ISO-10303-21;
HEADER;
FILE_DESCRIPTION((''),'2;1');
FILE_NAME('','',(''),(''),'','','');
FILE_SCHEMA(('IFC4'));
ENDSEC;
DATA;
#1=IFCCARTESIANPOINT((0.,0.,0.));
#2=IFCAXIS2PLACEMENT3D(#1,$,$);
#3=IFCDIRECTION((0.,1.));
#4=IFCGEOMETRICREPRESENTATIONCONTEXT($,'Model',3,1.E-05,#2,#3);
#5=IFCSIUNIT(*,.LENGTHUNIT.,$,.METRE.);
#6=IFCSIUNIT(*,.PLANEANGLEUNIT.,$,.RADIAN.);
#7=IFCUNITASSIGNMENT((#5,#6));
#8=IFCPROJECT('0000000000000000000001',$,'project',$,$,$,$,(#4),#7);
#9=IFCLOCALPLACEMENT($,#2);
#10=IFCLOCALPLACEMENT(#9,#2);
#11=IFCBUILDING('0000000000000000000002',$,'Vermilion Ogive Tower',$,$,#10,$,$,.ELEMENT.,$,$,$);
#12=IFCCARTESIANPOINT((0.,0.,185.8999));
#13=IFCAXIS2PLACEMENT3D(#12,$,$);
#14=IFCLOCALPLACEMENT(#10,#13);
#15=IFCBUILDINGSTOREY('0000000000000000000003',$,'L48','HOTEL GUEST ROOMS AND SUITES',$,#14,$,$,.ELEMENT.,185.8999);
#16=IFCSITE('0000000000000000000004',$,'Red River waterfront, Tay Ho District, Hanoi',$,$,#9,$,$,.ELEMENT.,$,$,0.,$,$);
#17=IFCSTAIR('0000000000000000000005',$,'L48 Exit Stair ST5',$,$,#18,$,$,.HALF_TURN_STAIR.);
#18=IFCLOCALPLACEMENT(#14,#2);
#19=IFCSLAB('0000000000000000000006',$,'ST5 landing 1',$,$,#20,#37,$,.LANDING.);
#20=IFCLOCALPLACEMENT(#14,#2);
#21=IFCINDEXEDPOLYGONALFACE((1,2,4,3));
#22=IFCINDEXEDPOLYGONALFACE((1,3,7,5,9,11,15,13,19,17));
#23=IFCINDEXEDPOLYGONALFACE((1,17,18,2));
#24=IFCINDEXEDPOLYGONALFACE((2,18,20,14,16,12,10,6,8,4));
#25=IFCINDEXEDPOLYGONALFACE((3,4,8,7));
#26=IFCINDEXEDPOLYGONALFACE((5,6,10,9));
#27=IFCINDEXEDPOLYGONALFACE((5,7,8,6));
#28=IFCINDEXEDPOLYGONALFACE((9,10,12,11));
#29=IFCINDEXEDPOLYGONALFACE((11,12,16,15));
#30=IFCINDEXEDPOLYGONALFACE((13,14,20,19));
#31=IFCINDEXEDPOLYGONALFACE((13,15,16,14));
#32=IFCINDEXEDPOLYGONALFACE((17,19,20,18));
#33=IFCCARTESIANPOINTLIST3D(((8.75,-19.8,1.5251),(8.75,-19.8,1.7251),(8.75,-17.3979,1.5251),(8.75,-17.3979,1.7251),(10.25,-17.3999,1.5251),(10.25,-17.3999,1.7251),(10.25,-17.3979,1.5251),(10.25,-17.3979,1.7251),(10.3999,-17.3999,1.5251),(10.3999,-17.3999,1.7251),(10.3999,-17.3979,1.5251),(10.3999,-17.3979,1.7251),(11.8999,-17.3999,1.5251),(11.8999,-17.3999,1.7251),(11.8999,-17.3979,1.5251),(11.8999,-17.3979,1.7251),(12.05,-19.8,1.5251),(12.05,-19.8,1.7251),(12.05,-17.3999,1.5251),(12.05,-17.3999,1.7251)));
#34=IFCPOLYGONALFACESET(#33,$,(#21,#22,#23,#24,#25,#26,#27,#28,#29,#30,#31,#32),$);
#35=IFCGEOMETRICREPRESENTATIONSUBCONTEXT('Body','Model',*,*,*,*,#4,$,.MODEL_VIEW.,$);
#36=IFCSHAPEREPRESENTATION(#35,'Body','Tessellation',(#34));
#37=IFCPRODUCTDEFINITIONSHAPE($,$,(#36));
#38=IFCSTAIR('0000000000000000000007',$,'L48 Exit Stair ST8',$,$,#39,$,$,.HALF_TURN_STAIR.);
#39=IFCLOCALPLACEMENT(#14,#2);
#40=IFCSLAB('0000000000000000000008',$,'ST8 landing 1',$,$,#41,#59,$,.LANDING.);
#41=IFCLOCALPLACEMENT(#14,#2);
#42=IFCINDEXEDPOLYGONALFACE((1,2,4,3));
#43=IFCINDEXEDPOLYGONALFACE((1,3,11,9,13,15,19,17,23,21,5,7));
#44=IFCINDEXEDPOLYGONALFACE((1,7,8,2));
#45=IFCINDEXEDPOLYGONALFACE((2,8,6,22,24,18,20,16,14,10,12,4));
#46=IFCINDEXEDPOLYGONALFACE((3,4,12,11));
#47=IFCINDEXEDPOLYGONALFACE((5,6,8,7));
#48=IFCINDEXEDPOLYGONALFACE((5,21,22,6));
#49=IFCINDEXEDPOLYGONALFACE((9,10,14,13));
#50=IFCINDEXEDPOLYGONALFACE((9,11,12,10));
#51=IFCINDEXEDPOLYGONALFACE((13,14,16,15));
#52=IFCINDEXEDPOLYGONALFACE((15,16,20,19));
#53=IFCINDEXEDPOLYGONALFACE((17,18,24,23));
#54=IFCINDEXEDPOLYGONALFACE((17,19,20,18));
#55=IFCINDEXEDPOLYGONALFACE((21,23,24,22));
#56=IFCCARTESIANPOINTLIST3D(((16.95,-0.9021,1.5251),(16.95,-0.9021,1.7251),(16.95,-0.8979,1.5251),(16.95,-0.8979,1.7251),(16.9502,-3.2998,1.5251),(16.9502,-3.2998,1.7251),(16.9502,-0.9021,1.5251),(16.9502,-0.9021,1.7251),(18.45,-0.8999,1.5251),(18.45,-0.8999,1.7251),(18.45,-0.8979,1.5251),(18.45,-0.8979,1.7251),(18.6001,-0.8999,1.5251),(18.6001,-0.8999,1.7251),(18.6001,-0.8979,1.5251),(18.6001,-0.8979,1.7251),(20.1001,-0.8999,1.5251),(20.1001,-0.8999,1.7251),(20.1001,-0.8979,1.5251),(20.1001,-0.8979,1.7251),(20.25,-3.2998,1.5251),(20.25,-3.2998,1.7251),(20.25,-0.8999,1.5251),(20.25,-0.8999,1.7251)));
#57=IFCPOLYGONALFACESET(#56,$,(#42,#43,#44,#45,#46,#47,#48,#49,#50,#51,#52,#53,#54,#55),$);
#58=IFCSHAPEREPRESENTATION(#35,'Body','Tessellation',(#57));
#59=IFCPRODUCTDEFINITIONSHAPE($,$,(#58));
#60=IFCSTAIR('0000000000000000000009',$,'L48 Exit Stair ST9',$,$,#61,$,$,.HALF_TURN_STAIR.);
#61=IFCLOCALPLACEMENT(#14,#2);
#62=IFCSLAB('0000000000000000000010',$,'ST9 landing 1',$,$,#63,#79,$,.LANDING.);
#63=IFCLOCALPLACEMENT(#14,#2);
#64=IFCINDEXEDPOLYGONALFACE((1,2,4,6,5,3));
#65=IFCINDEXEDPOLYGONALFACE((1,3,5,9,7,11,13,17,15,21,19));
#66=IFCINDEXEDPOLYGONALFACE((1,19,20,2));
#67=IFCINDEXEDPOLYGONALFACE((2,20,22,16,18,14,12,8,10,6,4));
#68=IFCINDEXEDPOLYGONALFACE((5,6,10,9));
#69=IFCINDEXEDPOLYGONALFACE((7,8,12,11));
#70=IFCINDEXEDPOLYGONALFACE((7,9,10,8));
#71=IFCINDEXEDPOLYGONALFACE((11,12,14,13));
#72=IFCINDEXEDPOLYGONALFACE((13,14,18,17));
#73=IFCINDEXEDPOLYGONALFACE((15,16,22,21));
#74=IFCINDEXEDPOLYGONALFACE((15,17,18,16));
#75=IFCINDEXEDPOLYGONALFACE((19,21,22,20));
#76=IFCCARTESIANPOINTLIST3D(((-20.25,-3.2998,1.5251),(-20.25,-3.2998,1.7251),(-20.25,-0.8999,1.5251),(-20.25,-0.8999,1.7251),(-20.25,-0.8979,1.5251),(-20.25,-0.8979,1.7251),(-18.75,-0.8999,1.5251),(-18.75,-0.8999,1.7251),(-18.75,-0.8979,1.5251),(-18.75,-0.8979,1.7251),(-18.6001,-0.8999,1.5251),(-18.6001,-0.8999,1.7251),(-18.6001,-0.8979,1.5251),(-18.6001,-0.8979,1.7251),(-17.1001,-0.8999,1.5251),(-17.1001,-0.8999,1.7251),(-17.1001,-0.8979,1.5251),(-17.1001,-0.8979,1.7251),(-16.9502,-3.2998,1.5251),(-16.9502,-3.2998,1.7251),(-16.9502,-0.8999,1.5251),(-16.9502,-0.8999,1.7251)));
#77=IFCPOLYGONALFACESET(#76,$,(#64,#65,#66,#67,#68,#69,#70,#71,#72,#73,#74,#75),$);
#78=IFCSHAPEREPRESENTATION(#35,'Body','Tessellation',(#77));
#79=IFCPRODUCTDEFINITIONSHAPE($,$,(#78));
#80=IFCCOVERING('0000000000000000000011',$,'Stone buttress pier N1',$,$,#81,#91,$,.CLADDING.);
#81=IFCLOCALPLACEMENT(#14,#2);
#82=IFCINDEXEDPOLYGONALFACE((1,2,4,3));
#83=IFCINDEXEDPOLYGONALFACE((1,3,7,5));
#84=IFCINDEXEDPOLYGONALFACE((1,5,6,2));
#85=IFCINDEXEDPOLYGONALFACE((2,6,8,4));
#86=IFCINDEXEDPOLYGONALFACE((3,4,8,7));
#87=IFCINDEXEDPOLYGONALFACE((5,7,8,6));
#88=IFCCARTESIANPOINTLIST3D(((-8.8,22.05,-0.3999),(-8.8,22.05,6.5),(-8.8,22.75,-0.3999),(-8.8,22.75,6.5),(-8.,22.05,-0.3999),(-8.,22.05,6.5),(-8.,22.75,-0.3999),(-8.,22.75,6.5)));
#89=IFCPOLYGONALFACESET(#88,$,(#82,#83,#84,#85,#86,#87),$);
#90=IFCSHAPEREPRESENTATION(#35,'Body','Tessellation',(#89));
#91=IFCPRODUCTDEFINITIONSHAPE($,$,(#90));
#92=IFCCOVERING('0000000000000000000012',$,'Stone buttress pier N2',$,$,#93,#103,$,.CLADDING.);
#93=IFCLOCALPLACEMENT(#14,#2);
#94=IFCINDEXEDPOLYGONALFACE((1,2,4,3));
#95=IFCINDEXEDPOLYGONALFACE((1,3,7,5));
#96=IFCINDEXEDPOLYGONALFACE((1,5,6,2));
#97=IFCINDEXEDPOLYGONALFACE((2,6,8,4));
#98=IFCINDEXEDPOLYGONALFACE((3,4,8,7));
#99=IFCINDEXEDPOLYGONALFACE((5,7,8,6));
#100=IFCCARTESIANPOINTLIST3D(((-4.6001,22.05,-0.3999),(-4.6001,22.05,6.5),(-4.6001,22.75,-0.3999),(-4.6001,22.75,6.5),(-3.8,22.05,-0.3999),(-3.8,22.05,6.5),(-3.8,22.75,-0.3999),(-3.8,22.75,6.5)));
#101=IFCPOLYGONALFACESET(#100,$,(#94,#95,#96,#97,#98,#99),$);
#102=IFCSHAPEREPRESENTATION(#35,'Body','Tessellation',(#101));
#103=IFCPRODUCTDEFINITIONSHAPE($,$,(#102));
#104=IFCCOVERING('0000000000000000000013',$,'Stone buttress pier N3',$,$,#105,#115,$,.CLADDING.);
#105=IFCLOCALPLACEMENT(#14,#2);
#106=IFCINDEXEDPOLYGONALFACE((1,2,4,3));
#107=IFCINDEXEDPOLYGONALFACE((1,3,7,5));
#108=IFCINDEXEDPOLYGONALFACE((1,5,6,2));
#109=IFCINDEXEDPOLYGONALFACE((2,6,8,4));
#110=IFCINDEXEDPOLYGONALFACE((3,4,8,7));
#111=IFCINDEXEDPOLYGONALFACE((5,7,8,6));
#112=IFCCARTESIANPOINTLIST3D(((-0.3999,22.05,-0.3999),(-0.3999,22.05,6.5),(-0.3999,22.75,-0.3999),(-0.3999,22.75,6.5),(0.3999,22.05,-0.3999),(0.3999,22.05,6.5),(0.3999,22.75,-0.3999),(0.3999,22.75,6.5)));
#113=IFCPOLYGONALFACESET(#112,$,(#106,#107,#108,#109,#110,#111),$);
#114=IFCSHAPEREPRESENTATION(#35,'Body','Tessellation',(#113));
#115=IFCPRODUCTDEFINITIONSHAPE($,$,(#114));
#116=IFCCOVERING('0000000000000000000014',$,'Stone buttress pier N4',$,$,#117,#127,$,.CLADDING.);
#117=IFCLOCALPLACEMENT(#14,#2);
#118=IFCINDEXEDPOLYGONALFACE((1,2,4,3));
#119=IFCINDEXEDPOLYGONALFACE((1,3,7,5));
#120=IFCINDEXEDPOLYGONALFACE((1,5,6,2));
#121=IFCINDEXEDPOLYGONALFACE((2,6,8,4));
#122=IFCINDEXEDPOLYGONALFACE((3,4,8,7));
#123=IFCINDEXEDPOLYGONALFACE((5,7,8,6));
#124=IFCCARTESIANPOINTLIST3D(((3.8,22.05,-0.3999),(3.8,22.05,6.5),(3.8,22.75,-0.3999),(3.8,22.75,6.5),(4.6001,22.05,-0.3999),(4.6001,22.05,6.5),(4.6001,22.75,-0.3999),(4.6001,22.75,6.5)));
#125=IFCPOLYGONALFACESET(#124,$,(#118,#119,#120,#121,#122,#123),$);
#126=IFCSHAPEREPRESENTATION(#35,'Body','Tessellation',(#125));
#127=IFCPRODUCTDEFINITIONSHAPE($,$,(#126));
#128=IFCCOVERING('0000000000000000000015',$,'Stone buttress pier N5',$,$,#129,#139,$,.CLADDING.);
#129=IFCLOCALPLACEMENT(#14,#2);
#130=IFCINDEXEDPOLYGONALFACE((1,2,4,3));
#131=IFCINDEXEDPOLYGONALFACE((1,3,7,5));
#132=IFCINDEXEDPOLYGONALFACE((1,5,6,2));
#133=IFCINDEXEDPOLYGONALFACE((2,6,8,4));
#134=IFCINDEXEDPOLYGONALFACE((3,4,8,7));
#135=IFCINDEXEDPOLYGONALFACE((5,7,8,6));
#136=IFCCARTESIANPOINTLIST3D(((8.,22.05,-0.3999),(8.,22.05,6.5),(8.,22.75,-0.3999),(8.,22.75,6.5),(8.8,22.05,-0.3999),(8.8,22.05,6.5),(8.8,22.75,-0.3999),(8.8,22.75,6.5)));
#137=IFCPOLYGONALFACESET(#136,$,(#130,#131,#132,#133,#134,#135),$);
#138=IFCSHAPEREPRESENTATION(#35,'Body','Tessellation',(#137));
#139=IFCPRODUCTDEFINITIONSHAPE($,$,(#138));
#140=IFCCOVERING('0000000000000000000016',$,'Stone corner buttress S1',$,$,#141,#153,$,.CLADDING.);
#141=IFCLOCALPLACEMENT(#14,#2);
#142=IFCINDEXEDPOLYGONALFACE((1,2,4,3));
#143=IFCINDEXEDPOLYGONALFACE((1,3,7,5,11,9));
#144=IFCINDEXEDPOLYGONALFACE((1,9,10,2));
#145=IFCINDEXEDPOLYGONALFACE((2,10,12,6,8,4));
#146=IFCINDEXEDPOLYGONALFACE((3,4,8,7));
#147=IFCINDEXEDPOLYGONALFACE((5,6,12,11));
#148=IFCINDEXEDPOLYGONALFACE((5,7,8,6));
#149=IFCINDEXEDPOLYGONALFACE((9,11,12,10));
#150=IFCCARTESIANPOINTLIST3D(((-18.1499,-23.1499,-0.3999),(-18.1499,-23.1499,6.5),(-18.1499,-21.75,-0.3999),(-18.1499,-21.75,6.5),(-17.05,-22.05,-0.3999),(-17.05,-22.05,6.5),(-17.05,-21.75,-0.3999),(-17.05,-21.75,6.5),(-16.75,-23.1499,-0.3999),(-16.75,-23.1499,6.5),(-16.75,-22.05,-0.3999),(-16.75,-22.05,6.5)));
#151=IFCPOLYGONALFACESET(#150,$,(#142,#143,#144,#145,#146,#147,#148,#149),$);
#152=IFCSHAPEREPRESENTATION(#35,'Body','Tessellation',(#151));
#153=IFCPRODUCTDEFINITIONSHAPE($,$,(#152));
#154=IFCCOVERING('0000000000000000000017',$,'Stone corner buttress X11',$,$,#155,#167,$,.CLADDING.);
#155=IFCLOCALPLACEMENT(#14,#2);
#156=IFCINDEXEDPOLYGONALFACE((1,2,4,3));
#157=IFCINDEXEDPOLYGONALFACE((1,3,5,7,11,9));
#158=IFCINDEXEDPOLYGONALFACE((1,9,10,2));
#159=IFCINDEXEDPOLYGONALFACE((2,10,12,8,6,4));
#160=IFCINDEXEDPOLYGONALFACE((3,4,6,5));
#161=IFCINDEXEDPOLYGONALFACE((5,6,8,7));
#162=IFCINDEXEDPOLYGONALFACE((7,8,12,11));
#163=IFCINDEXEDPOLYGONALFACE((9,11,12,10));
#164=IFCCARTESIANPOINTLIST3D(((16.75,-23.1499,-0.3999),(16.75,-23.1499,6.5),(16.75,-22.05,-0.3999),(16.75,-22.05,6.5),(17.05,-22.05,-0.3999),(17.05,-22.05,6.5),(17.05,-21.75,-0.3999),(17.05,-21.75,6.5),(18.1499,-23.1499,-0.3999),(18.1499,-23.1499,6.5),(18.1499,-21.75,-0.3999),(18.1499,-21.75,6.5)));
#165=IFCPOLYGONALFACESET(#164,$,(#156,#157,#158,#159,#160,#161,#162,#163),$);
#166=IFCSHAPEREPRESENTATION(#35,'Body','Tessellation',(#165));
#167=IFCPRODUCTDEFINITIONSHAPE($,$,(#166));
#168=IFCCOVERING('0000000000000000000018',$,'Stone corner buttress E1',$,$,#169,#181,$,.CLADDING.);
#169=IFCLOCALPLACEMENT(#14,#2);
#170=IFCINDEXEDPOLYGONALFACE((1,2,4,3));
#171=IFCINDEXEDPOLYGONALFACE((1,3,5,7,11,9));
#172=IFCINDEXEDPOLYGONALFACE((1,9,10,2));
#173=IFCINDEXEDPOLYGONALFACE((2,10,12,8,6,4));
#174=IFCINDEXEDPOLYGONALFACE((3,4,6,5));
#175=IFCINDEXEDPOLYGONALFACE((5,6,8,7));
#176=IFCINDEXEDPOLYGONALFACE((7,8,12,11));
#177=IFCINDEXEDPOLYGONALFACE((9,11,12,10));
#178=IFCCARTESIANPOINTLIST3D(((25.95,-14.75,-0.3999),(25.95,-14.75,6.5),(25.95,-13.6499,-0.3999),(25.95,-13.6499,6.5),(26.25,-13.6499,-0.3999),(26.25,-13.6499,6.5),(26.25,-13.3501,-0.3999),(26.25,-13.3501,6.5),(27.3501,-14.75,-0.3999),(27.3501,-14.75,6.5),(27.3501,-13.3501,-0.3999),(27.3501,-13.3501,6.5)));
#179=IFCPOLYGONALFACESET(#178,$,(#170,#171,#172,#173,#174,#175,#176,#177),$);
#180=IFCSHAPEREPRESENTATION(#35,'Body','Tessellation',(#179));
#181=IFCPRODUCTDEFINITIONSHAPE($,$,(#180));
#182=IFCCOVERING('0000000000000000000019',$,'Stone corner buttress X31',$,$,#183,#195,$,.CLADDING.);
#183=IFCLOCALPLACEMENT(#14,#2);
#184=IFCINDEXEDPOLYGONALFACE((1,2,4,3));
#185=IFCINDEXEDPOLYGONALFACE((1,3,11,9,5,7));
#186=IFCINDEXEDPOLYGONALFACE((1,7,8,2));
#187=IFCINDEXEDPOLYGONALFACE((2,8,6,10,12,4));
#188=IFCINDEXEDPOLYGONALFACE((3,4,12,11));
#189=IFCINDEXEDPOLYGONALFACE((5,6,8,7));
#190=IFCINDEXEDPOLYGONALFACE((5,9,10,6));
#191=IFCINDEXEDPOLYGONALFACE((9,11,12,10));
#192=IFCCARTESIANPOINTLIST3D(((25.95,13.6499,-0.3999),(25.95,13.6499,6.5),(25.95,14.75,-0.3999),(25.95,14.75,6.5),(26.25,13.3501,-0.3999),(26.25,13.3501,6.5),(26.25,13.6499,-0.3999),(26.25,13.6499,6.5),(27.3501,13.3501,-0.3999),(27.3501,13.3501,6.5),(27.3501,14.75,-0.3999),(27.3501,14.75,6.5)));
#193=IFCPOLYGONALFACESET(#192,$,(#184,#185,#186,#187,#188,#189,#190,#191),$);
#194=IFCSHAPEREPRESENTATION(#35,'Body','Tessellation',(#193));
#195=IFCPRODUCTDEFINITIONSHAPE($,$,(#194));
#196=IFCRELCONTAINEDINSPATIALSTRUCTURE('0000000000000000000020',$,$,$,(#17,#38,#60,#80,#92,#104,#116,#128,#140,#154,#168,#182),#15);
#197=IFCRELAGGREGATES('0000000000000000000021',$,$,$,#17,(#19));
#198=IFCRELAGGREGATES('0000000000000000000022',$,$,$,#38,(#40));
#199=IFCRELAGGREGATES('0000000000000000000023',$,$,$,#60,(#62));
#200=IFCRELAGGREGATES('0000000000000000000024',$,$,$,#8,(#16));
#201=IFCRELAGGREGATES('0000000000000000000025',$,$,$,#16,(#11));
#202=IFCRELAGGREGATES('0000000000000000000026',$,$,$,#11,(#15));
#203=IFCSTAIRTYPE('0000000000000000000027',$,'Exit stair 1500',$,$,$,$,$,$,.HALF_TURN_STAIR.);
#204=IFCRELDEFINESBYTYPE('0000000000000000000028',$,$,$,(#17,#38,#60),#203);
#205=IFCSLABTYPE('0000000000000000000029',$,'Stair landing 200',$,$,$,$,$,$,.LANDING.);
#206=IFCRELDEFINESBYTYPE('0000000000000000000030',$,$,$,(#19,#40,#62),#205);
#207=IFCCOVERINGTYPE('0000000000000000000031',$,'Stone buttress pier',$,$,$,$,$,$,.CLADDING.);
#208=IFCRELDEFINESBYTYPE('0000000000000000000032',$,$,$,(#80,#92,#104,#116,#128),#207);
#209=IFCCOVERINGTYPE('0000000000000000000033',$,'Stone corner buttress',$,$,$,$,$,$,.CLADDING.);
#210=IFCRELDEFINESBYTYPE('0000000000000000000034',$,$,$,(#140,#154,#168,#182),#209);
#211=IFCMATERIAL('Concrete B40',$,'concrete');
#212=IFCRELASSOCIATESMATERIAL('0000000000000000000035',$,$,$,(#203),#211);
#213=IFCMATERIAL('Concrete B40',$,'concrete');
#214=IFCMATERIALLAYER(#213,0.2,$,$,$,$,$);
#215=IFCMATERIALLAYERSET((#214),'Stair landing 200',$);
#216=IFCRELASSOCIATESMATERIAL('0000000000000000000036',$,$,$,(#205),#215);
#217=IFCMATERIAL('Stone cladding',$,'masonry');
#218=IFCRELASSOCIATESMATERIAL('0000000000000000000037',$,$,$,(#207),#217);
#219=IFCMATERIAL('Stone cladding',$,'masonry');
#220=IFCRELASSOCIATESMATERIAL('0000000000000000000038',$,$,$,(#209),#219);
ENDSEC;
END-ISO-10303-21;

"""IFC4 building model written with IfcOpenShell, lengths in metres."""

from ifc_helpers import new_model, si_unit, direction, frame, origin, place, context, subcontext, project, spatial, polyline, outline, extrude, material, layer, layer_set, type_object, element, aggregate, save


model = new_model("IFC4")

# Units and contexts
model_context = context("Model", 3, precision=1e-05, world=origin(), true_north=direction((0.0, 1.0)))
body_context = subcontext(model_context, "Body", "Model", "MODEL_VIEW")
ifc_project = project(units=[si_unit("LENGTHUNIT", "METRE"), si_unit("PLANEANGLEUNIT", "RADIAN")], contexts=[model_context])

# Site, building, storey
site_placement = place(None, origin())
site = spatial("IfcSite", under=ifc_project, at=site_placement, Name="Red River waterfront, Tay Ho District, Hanoi", CompositionType="ELEMENT", RefElevation=0.0)
building_placement = place(site_placement, origin())
building = spatial("IfcBuilding", under=site, at=building_placement, Name="Vermilion Ogive Tower", CompositionType="ELEMENT")
storey_placement = place(building_placement, frame((0.0, 0.0, 185.8999)))
storey = spatial("IfcBuildingStorey", under=building, at=storey_placement, Name="L48", Description="HOTEL GUEST ROOMS AND SUITES", CompositionType="ELEMENT", Elevation=185.8999)

# Stairs, slabs
ifc_material_1 = material(Name="Concrete B40", Category="concrete")
stair_type = type_object("IfcStairType", Name="Exit stair 1500", PredefinedType="HALF_TURN_STAIR", material=ifc_material_1)
ifc_material_2 = material(Name="Concrete B40", Category="concrete")
ifc_layer_1 = layer(ifc_material_2, 0.2)
ifc_layer_set_1 = layer_set([ifc_layer_1], Name="Stair landing 200")
slab_type_1 = type_object("IfcSlabType", Name="Stair landing 200", PredefinedType="LANDING", material=ifc_layer_set_1)
stair_1_placement = place(storey_placement, origin())
stair_1 = element("IfcStair", 1, at=stair_1_placement, inside=storey, type_object=stair_type, Name="L48 Exit Stair ST5", PredefinedType="HALF_TURN_STAIR")
slab_1_placement = place(storey_placement, frame((0.0, 0.0, 1.5251)))
slab_1 = element("IfcSlab", 2, at=slab_1_placement, type_object=slab_type_1, Name="ST5 landing 1", PredefinedType="LANDING", context=body_context, shape_type="SweptSolid", body=[
    extrude(outline(polyline([(12.05, -17.3999), (11.8999, -17.3999), (11.8999, -17.3979), (10.3999, -17.3979), (10.3999, -17.3999), (10.25, -17.3999), (10.25, -17.3979), (8.75, -17.3979), (8.75, -19.8), (12.05, -19.8), (12.05, -17.3999)])), origin(), (0.0, 0.0, 1.0), 0.2),
])
aggregate(stair_1, [slab_1])
stair_2_placement = place(storey_placement, origin())
stair_2 = element("IfcStair", 3, at=stair_2_placement, inside=storey, type_object=stair_type, Name="L48 Exit Stair ST8", PredefinedType="HALF_TURN_STAIR")
slab_2_placement = place(storey_placement, frame((0.0, 0.0, 1.5251)))
slab_2 = element("IfcSlab", 4, at=slab_2_placement, type_object=slab_type_1, Name="ST8 landing 1", PredefinedType="LANDING", context=body_context, shape_type="SweptSolid", body=[
    extrude(outline(polyline([(20.25, -0.8999), (20.1001, -0.8999), (20.1001, -0.8979), (18.6001, -0.8979), (18.6001, -0.8999), (18.45, -0.8999), (18.45, -0.8979), (16.95, -0.8979), (16.95, -0.9021), (16.9502, -0.9021), (16.9502, -3.2998), (20.25, -3.2998), (20.25, -0.8999)])), origin(), (0.0, 0.0, 1.0), 0.2),
])
aggregate(stair_2, [slab_2])
stair_3_placement = place(storey_placement, origin())
stair_3 = element("IfcStair", 5, at=stair_3_placement, inside=storey, type_object=stair_type, Name="L48 Exit Stair ST9", PredefinedType="HALF_TURN_STAIR")
slab_3_placement = place(storey_placement, frame((0.0, 0.0, 1.5251)))
slab_3 = element("IfcSlab", 6, at=slab_3_placement, type_object=slab_type_1, Name="ST9 landing 1", PredefinedType="LANDING", context=body_context, shape_type="SweptSolid", body=[
    extrude(outline(polyline([(-16.9502, -0.8999), (-17.1001, -0.8999), (-17.1001, -0.8979), (-18.6001, -0.8979), (-18.6001, -0.8999), (-18.75, -0.8999), (-18.75, -0.8979), (-20.25, -0.8979), (-20.25, -0.8999), (-20.25, -0.8999), (-20.25, -3.2998), (-16.9502, -3.2998), (-16.9502, -0.8999)])), origin(), (0.0, 0.0, 1.0), 0.2),
])
aggregate(stair_3, [slab_3])

# Coverings
ifc_material_3 = material(Name="Stone cladding", Category="masonry")
covering_type_1 = type_object("IfcCoveringType", Name="Stone buttress pier", PredefinedType="CLADDING", material=ifc_material_3)
covering_1_placement = place(storey_placement, frame((0.0, 0.0, -0.3999)))
element("IfcCovering", 7, at=covering_1_placement, inside=storey, type_object=covering_type_1, Name="Stone buttress pier N1", PredefinedType="CLADDING", context=body_context, shape_type="SweptSolid", body=[
    extrude(outline(polyline([(-8.0, 22.75), (-8.0, 22.05), (-8.8, 22.05), (-8.8, 22.75), (-8.0, 22.75)])), origin(), (0.0, 0.0, 1.0), 6.8999),
])
covering_2_placement = place(storey_placement, frame((0.0, 0.0, -0.3999)))
element("IfcCovering", 8, at=covering_2_placement, inside=storey, type_object=covering_type_1, Name="Stone buttress pier N2", PredefinedType="CLADDING", context=body_context, shape_type="SweptSolid", body=[
    extrude(outline(polyline([(-3.8, 22.75), (-3.8, 22.05), (-4.6001, 22.05), (-4.6001, 22.75), (-3.8, 22.75)])), origin(), (0.0, 0.0, 1.0), 6.8999),
])
covering_3_placement = place(storey_placement, frame((0.0, 0.0, -0.3999)))
element("IfcCovering", 9, at=covering_3_placement, inside=storey, type_object=covering_type_1, Name="Stone buttress pier N3", PredefinedType="CLADDING", context=body_context, shape_type="SweptSolid", body=[
    extrude(outline(polyline([(0.3999, 22.75), (0.3999, 22.05), (-0.3999, 22.05), (-0.3999, 22.75), (0.3999, 22.75)])), origin(), (0.0, 0.0, 1.0), 6.8999),
])
covering_4_placement = place(storey_placement, frame((0.0, 0.0, -0.3999)))
element("IfcCovering", 10, at=covering_4_placement, inside=storey, type_object=covering_type_1, Name="Stone buttress pier N4", PredefinedType="CLADDING", context=body_context, shape_type="SweptSolid", body=[
    extrude(outline(polyline([(4.6001, 22.75), (4.6001, 22.05), (3.8, 22.05), (3.8, 22.75), (4.6001, 22.75)])), origin(), (0.0, 0.0, 1.0), 6.8999),
])
covering_5_placement = place(storey_placement, frame((0.0, 0.0, -0.3999)))
element("IfcCovering", 11, at=covering_5_placement, inside=storey, type_object=covering_type_1, Name="Stone buttress pier N5", PredefinedType="CLADDING", context=body_context, shape_type="SweptSolid", body=[
    extrude(outline(polyline([(8.8, 22.75), (8.8, 22.05), (8.0, 22.05), (8.0, 22.75), (8.8, 22.75)])), origin(), (0.0, 0.0, 1.0), 6.8999),
])
ifc_material_4 = material(Name="Stone cladding", Category="masonry")
covering_type_2 = type_object("IfcCoveringType", Name="Stone corner buttress", PredefinedType="CLADDING", material=ifc_material_4)
covering_6_placement = place(storey_placement, frame((0.0, 0.0, -0.3999)))
element("IfcCovering", 12, at=covering_6_placement, inside=storey, type_object=covering_type_2, Name="Stone corner buttress S1", PredefinedType="CLADDING", context=body_context, shape_type="SweptSolid", body=[
    extrude(outline(polyline([(-17.05, -21.75), (-17.05, -22.05), (-16.75, -22.05), (-16.75, -23.1499), (-18.1499, -23.1499), (-18.1499, -21.75), (-17.05, -21.75)])), origin(), (0.0, 0.0, 1.0), 6.8999),
])
covering_7_placement = place(storey_placement, frame((0.0, 0.0, -0.3999)))
element("IfcCovering", 13, at=covering_7_placement, inside=storey, type_object=covering_type_2, Name="Stone corner buttress X11", PredefinedType="CLADDING", context=body_context, shape_type="SweptSolid", body=[
    extrude(outline(polyline([(16.75, -23.1499), (16.75, -22.05), (17.05, -22.05), (17.05, -21.75), (18.1499, -21.75), (18.1499, -23.1499), (16.75, -23.1499)])), origin(), (0.0, 0.0, 1.0), 6.8999),
])
covering_8_placement = place(storey_placement, frame((0.0, 0.0, -0.3999)))
element("IfcCovering", 14, at=covering_8_placement, inside=storey, type_object=covering_type_2, Name="Stone corner buttress E1", PredefinedType="CLADDING", context=body_context, shape_type="SweptSolid", body=[
    extrude(outline(polyline([(26.25, -13.6499), (26.25, -13.3501), (27.3501, -13.3501), (27.3501, -14.75), (25.95, -14.75), (25.95, -13.6499), (26.25, -13.6499)])), origin(), (0.0, 0.0, 1.0), 6.8999),
])
covering_9_placement = place(storey_placement, frame((0.0, 0.0, -0.3999)))
element("IfcCovering", 15, at=covering_9_placement, inside=storey, type_object=covering_type_2, Name="Stone corner buttress X31", PredefinedType="CLADDING", context=body_context, shape_type="SweptSolid", body=[
    extrude(outline(polyline([(26.25, 13.3501), (26.25, 13.6499), (25.95, 13.6499), (25.95, 14.75), (27.3501, 14.75), (27.3501, 13.3501), (26.25, 13.3501)])), origin(), (0.0, 0.0, 1.0), 6.8999),
])

save(model, "model.ifc")
